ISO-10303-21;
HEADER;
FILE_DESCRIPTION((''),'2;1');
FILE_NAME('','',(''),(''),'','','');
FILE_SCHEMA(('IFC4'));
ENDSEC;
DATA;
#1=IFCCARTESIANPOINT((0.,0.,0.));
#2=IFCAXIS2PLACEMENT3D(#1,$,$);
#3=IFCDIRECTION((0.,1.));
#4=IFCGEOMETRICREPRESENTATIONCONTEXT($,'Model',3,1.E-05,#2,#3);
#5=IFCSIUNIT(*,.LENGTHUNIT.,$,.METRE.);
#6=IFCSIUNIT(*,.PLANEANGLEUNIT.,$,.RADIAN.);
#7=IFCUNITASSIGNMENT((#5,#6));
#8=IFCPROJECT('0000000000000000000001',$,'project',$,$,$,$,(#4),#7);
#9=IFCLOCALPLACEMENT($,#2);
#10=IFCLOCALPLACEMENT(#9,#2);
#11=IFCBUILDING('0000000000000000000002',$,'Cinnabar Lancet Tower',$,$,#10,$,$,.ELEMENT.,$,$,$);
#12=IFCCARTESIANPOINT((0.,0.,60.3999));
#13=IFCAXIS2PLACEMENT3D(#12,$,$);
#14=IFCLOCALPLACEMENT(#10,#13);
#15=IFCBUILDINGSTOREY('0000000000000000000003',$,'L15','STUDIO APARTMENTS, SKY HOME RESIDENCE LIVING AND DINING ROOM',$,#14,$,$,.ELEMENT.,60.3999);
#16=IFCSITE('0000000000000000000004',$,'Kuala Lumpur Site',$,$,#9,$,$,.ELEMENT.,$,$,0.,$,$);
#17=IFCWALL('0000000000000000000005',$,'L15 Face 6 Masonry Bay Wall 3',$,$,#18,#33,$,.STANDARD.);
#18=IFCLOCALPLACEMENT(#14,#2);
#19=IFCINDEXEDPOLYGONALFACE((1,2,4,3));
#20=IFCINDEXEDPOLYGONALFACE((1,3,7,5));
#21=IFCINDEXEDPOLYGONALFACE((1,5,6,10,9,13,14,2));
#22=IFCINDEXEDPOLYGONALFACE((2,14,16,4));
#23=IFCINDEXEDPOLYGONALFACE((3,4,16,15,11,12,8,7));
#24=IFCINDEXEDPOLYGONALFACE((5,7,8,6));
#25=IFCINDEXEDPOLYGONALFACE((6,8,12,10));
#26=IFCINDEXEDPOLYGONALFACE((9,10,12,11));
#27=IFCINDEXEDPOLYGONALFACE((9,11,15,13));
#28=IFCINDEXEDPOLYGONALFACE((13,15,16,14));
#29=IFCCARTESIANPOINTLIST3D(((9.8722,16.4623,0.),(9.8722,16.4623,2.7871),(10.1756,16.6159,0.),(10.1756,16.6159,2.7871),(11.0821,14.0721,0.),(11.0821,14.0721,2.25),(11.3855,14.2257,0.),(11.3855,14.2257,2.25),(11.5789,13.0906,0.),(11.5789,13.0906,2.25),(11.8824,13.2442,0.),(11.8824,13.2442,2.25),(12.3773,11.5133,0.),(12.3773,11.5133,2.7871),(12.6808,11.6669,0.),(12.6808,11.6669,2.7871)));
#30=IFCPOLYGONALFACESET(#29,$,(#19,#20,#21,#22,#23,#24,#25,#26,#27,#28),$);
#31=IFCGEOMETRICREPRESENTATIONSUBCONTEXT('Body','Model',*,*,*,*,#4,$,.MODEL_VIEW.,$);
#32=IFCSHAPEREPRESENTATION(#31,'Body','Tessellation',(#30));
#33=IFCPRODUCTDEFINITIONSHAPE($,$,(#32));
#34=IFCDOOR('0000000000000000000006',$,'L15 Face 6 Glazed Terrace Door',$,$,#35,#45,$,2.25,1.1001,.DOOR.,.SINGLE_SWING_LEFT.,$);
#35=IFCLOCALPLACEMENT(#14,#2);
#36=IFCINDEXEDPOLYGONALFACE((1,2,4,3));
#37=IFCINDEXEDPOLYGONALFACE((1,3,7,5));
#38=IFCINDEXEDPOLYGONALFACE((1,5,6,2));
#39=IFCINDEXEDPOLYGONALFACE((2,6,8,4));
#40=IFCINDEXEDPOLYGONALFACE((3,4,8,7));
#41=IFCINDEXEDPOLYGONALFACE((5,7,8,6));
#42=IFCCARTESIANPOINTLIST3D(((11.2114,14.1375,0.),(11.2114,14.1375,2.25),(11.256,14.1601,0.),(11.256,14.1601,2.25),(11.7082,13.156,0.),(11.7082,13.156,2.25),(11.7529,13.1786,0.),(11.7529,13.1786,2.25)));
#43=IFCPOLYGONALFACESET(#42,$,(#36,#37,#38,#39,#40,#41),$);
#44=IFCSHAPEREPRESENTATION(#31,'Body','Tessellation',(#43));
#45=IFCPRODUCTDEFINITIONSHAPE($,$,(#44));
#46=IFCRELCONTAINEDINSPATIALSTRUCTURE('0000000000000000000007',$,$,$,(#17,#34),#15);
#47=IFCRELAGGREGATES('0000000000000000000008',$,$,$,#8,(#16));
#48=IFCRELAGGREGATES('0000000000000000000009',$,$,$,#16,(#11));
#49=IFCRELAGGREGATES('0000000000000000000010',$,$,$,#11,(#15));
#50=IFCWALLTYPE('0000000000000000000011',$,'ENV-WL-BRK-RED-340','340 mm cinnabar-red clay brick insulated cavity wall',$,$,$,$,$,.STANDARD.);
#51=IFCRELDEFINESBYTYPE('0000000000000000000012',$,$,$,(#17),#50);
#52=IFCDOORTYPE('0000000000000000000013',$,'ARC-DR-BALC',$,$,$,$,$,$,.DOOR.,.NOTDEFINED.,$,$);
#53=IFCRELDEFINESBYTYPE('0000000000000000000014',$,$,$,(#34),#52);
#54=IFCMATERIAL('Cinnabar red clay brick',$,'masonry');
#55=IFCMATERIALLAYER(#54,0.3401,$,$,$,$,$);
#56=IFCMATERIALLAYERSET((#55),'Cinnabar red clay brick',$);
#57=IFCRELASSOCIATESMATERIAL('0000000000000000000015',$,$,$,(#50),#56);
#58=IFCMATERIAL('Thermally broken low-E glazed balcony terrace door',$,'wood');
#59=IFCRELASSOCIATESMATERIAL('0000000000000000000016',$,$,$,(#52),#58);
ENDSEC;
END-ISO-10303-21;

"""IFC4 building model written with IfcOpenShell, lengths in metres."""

from ifc_helpers import new_model, si_unit, direction, frame, frame_2d, origin, place, context, subcontext, project, spatial, rectangle, extrude, material, layer, layer_set, type_object, element, fill, save


model = new_model("IFC4")

# Units and contexts
model_context = context("Model", 3, precision=1e-05, world=origin(), true_north=direction((0.0, 1.0)))
body_context = subcontext(model_context, "Body", "Model", "MODEL_VIEW")
ifc_project = project(units=[si_unit("LENGTHUNIT", "METRE"), si_unit("PLANEANGLEUNIT", "RADIAN")], contexts=[model_context])

# Site, building, storey
site_placement = place(None, origin())
site = spatial("IfcSite", under=ifc_project, at=site_placement, Name="Kuala Lumpur Site", CompositionType="ELEMENT", RefElevation=0.0)
building_placement = place(site_placement, origin())
building = spatial("IfcBuilding", under=site, at=building_placement, Name="Cinnabar Lancet Tower", CompositionType="ELEMENT")
storey_placement = place(building_placement, frame((0.0, 0.0, 60.3999)))
storey = spatial("IfcBuildingStorey", under=building, at=storey_placement, Name="L15", Description="STUDIO APARTMENTS, SKY HOME RESIDENCE LIVING AND DINING ROOM", CompositionType="ELEMENT", Elevation=60.3999)

# Shared definitions
ifc_material_1 = material(Name="Cinnabar red clay brick", Category="masonry")
ifc_layer_1 = layer(ifc_material_1, 0.3401)
ifc_layer_set_1 = layer_set([ifc_layer_1], Name="Cinnabar red clay brick")
wall_type_1 = type_object("IfcWallType", Name="ENV-WL-BRK-RED-340", Description="340 mm cinnabar-red clay brick insulated cavity wall", PredefinedType="STANDARD", material=ifc_layer_set_1)

# Wall, opening, door
wall_1_placement = place(storey_placement, frame((10.0239, 16.5391, 0.0), z_axis=(0.0, 0.0, 1.0), x_axis=(0.451627, -0.892207, 0.0)))
wall_1 = element("IfcWall", 1, at=wall_1_placement, inside=storey, type_object=wall_type_1, Name="L15 Face 6 Masonry Bay Wall 3", PredefinedType="STANDARD", context=body_context, shape_type="SweptSolid", body=[
    extrude(rectangle(XDim=5.5469, YDim=0.3401, at=frame_2d((2.7734, 0.0))), origin(), (0.0, 0.0, 1.0), 2.7871),
])
opening_1_placement = place(wall_1_placement, frame((2.679, 0.0, 0.0)))
opening_1 = element("IfcOpeningElement", 2, at=opening_1_placement, cuts=wall_1, PredefinedType="OPENING", context=body_context, shape_type="SweptSolid", body=[
    extrude(rectangle(XDim=1.1001, YDim=2.25, at=frame_2d((0.55, 1.125))), frame((0.0, 0.1799, 0.0), z_axis=(0.0, -1.0, 0.0), x_axis=(1.0, 0.0, 0.0)), (0.0, 0.0, 1.0), 0.3601),
])
ifc_material_2 = material(Name="Thermally broken low-E glazed balcony terrace door", Category="wood")
door_type_1 = type_object("IfcDoorType", Name="ARC-DR-BALC", OperationType="NOTDEFINED", PredefinedType="DOOR", material=ifc_material_2)
door_1_placement = place(opening_1_placement, origin())
door_1 = element("IfcDoor", 3, at=door_1_placement, inside=storey, type_object=door_type_1, Name="L15 Face 6 Glazed Terrace Door", OperationType="SINGLE_SWING_LEFT", OverallHeight=2.25, OverallWidth=1.1001, PredefinedType="DOOR", context=body_context, shape_type="SweptSolid", body=[
    extrude(rectangle(XDim=1.1001, YDim=2.25, at=frame_2d((0.55, 1.125))), frame((0.0, 0.0249, 0.0), z_axis=(0.0, -1.0, 0.0), x_axis=(1.0, 0.0, 0.0)), (0.0, 0.0, 1.0), 0.05),
])
fill(opening_1, door_1)

save(model, "model.ifc")
